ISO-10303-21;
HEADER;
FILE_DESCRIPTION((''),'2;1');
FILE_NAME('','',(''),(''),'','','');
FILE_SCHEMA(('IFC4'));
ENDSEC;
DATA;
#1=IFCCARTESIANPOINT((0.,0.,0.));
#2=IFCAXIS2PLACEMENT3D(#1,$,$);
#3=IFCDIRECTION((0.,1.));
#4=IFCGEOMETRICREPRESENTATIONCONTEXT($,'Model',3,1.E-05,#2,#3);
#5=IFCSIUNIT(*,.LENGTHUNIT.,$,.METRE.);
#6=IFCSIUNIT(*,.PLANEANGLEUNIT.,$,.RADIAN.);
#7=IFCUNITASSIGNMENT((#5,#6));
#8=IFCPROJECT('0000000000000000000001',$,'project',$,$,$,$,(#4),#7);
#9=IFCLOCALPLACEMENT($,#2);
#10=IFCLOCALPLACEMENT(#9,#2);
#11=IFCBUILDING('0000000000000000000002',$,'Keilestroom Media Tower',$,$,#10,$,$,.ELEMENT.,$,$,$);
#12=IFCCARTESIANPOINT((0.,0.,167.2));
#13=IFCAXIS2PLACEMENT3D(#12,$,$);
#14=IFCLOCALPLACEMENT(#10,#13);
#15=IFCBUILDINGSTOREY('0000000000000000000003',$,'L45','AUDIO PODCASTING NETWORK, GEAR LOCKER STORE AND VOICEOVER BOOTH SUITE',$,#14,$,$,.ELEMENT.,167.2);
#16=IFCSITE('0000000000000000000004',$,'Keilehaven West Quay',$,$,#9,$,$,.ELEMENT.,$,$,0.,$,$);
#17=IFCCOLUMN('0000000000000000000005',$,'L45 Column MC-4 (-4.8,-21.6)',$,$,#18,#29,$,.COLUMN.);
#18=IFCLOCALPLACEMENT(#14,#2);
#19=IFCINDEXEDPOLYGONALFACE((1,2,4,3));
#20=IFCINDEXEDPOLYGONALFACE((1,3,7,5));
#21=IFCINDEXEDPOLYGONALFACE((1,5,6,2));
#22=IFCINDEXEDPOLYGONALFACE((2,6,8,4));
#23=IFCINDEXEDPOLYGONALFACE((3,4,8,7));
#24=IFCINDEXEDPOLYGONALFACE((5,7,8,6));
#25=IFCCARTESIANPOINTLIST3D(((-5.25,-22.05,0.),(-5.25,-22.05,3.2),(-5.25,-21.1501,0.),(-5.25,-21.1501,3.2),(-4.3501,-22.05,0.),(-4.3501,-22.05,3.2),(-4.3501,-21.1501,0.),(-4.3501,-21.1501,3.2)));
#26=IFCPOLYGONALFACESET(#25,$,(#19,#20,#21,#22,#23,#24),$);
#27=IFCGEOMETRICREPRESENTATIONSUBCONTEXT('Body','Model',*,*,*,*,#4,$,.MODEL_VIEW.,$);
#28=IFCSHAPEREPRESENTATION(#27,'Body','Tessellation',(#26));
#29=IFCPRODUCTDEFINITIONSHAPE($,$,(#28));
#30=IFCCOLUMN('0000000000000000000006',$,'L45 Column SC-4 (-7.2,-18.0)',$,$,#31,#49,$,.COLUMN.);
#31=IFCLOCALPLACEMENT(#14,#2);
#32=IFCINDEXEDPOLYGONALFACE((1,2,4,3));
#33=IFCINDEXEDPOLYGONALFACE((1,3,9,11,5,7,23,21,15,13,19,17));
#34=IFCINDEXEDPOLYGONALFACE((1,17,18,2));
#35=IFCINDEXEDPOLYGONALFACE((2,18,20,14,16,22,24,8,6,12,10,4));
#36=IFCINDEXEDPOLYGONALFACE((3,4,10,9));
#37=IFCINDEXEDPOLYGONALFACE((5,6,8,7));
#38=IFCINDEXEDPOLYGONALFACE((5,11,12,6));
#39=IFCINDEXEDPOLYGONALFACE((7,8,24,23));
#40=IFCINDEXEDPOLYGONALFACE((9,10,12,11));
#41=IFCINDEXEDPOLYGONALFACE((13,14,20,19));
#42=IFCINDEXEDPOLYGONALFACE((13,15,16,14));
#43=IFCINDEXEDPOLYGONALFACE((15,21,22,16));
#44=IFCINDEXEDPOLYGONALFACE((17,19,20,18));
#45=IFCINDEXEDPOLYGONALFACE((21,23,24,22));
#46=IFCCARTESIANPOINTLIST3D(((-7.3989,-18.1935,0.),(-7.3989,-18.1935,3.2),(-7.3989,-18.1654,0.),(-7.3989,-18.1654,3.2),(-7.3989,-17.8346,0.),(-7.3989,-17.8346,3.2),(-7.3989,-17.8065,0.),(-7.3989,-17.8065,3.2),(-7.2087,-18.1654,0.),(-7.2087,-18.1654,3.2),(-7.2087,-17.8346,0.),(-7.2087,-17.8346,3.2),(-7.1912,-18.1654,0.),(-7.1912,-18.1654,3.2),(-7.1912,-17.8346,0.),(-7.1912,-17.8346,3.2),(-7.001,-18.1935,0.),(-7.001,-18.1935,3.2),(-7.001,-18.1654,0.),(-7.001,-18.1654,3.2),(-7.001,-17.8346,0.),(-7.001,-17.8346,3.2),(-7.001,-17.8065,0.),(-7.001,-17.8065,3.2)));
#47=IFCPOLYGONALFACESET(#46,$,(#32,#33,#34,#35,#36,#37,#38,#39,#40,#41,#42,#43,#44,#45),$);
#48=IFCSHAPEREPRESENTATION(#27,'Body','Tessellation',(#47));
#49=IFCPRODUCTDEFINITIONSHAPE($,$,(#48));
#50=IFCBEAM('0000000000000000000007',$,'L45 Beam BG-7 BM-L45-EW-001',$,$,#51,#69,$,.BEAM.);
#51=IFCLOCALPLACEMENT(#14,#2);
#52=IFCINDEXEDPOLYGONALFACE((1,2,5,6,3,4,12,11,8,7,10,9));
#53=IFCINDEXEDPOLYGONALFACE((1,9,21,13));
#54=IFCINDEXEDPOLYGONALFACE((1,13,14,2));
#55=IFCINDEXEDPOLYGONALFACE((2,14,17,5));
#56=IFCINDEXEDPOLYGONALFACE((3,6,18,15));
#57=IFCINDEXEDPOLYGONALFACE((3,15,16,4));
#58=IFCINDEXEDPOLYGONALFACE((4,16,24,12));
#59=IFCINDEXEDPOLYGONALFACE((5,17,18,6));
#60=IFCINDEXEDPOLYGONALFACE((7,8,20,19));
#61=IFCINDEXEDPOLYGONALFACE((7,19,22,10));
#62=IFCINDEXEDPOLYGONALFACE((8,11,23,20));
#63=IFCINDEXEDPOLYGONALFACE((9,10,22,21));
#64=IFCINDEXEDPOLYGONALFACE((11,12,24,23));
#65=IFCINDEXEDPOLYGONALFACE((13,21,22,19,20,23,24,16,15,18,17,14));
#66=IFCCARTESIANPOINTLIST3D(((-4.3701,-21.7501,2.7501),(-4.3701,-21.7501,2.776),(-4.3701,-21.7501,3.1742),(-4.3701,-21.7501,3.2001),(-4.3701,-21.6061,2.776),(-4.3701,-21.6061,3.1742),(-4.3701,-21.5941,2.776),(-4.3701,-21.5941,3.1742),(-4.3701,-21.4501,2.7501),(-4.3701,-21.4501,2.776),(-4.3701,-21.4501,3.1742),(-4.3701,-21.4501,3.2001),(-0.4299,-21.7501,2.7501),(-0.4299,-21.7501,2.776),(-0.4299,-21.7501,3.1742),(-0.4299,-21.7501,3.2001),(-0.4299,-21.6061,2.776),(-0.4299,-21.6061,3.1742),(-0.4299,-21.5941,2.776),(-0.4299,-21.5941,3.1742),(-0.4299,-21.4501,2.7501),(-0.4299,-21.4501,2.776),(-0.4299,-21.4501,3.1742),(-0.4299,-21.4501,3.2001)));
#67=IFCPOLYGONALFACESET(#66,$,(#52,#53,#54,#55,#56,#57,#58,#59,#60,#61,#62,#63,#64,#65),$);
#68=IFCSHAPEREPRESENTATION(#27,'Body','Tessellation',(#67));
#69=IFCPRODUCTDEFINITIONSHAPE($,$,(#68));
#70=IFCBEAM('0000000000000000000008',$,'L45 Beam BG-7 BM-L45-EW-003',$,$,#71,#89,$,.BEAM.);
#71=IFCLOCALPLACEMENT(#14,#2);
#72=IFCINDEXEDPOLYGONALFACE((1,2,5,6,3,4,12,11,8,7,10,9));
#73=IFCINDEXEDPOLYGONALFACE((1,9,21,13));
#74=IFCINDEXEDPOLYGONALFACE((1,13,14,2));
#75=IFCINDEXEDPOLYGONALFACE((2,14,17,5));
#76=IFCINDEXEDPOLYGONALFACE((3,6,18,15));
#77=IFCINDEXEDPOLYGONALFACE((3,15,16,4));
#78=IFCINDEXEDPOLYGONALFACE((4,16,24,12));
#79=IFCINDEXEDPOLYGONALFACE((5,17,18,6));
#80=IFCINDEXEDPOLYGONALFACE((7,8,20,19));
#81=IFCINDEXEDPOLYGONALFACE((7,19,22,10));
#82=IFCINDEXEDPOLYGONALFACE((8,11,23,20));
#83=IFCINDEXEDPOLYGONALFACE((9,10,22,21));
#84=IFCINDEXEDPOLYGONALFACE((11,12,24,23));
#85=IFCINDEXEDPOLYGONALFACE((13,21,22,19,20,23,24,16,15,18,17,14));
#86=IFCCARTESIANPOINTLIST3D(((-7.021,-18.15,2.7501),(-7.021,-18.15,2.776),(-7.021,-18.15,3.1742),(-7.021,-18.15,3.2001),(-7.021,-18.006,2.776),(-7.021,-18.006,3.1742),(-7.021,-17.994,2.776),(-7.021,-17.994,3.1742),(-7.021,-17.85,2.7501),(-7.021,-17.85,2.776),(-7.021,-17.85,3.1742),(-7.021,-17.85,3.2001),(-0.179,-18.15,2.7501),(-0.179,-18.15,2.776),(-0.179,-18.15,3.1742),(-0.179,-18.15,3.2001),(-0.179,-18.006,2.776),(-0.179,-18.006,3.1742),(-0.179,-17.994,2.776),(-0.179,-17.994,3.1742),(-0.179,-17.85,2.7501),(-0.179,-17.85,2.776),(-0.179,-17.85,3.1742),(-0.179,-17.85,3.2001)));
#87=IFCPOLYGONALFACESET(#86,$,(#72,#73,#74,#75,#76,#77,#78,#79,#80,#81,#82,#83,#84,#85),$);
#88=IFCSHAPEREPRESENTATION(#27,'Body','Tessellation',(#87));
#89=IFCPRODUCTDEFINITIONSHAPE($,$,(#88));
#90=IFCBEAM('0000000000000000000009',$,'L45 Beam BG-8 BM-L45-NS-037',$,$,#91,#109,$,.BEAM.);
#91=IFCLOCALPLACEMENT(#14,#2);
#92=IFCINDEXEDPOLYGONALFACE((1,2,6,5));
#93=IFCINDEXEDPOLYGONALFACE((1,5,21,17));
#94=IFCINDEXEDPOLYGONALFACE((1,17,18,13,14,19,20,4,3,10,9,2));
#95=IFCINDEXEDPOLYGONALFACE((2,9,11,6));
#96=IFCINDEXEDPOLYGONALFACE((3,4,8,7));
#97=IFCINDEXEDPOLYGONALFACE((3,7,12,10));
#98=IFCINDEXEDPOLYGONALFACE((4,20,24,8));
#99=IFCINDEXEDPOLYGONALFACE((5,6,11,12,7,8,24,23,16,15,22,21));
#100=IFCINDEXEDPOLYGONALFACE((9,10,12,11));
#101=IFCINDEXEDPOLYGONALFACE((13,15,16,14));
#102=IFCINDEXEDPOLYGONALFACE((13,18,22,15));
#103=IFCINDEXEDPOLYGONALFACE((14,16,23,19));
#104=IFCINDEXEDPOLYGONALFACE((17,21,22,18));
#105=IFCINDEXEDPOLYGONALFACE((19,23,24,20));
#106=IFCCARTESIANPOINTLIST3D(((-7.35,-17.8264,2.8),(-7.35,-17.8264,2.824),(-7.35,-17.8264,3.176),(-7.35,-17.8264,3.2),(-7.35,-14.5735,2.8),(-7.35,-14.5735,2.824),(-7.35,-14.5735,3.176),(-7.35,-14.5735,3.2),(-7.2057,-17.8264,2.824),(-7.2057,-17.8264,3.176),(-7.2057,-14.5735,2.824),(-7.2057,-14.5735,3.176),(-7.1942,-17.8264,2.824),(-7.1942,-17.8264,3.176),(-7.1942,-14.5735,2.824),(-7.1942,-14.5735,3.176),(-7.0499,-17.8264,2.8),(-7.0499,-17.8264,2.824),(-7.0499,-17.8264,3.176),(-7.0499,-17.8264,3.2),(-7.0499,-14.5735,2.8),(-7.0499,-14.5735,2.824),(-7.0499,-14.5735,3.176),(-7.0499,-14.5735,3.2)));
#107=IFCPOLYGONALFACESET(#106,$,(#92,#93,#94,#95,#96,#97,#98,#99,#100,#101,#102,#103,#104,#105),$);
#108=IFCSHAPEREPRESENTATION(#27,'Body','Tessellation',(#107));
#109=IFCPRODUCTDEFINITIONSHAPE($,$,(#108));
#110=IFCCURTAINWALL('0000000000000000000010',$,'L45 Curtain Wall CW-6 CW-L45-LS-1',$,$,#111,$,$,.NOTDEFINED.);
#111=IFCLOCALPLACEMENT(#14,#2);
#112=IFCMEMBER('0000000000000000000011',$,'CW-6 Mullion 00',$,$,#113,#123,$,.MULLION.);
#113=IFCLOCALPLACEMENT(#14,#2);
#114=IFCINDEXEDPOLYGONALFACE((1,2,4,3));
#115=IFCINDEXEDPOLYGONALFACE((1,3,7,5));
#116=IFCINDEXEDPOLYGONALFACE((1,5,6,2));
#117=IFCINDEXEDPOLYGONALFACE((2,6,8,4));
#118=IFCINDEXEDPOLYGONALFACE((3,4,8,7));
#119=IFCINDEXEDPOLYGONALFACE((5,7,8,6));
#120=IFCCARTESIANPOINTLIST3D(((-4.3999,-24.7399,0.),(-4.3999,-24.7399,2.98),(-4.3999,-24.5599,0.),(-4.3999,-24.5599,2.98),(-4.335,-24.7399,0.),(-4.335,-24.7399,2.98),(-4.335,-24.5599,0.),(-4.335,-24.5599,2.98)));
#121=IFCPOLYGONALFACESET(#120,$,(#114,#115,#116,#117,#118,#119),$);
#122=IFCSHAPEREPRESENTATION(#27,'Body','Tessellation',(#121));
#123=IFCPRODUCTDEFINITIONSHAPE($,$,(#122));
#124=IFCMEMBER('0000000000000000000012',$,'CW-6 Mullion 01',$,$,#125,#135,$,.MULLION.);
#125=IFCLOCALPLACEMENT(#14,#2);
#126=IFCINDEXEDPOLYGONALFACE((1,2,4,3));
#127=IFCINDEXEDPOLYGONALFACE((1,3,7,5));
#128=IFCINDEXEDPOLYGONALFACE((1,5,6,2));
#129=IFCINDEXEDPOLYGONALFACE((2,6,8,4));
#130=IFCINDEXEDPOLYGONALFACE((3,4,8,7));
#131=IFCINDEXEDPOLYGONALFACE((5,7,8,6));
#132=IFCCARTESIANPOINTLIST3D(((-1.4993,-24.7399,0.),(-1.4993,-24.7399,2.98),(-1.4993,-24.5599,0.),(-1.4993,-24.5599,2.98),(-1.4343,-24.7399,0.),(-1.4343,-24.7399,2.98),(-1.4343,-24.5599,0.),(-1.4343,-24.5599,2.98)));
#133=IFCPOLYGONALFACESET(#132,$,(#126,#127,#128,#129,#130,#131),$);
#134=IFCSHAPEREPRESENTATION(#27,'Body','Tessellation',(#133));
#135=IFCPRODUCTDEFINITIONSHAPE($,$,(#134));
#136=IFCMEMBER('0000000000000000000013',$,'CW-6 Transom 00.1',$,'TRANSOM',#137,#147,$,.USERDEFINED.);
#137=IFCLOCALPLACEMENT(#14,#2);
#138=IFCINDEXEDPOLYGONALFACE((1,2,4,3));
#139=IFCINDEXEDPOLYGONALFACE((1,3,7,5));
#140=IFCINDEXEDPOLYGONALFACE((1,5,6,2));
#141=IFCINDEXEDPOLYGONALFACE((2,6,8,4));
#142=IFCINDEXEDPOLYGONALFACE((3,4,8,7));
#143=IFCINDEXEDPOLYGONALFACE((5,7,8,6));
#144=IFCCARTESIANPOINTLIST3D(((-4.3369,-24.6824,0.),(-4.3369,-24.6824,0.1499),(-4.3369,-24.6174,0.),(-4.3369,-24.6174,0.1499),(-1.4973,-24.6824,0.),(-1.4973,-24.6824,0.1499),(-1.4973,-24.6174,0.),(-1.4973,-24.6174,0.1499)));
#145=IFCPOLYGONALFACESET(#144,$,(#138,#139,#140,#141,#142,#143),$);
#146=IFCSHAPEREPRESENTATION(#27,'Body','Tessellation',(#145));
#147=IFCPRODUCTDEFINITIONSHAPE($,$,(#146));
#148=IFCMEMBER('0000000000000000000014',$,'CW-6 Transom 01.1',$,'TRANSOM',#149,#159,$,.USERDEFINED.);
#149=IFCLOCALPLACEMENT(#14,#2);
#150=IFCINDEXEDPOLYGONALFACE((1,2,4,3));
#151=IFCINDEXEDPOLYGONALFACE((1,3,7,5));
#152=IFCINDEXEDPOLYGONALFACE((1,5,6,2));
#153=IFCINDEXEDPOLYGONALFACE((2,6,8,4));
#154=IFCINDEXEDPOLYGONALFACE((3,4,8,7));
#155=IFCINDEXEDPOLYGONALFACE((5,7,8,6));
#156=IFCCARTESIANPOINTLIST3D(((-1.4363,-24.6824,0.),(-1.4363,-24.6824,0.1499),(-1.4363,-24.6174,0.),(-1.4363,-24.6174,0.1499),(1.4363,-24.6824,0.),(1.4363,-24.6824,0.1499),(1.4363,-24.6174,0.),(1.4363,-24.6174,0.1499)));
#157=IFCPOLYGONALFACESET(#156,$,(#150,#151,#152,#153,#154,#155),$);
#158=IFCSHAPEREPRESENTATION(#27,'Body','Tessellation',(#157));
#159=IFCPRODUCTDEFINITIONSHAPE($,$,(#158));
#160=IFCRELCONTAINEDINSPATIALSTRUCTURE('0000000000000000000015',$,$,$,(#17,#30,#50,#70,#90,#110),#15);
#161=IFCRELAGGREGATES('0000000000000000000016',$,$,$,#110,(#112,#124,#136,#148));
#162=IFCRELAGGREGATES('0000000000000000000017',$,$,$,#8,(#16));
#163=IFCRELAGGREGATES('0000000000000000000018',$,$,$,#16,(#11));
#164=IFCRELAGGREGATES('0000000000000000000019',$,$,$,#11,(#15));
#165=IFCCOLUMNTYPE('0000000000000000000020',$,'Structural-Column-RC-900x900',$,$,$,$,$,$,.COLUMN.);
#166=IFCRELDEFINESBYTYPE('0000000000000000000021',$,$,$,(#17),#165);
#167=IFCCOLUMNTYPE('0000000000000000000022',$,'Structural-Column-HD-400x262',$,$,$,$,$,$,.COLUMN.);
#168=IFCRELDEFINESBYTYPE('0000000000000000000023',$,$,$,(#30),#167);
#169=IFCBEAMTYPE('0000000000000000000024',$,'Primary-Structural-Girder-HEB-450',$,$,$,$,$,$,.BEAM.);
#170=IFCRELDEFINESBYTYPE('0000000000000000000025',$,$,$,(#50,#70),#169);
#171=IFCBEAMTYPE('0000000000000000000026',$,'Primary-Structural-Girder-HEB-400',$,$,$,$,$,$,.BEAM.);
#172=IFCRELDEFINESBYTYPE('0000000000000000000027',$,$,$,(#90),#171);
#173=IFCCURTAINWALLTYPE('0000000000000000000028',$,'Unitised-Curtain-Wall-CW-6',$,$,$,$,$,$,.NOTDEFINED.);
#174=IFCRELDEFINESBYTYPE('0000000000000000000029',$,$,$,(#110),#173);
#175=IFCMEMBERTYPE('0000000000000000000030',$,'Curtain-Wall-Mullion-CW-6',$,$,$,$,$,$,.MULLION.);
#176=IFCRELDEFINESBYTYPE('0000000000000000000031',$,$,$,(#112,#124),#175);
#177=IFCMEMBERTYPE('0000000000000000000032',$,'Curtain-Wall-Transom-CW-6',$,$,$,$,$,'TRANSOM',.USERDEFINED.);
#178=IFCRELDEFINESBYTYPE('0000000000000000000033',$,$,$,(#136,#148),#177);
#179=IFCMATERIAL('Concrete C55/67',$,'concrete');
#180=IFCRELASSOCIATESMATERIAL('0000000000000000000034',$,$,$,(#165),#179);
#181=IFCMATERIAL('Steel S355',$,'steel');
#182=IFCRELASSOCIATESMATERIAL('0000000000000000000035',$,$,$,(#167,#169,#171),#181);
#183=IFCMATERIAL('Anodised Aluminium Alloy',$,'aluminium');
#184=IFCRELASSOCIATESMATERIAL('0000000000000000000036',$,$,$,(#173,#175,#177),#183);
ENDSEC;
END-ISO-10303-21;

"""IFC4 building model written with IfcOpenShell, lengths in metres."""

from ifc_helpers import new_model, si_unit, direction, frame, origin, origin_2d, place, context, subcontext, project, spatial, rectangle, i_section, extrude, source, transform, mapped, material, material_profile, profile_set, type_object, element, aggregate, save


model = new_model("IFC4")

# Units and contexts
model_context = context("Model", 3, precision=1e-05, world=origin(), true_north=direction((0.0, 1.0)))
body_context = subcontext(model_context, "Body", "Model", "MODEL_VIEW")
ifc_project = project(units=[si_unit("LENGTHUNIT", "METRE"), si_unit("PLANEANGLEUNIT", "RADIAN")], contexts=[model_context])

# Site, building, storey
site_placement = place(None, origin())
site = spatial("IfcSite", under=ifc_project, at=site_placement, Name="Keilehaven West Quay", CompositionType="ELEMENT", RefElevation=0.0)
building_placement = place(site_placement, origin())
building = spatial("IfcBuilding", under=site, at=building_placement, Name="Keilestroom Media Tower", CompositionType="ELEMENT")
storey_placement = place(building_placement, frame((0.0, 0.0, 167.2)))
storey = spatial("IfcBuildingStorey", under=building, at=storey_placement, Name="L45", Description="AUDIO PODCASTING NETWORK, GEAR LOCKER STORE AND VOICEOVER BOOTH SUITE", CompositionType="ELEMENT", Elevation=167.2)

# Columns
ifc_material_1 = material(Name="Concrete C55/67", Category="concrete")
ifc_material_profile_1 = material_profile(ifc_material_1, rectangle(XDim=0.8999, YDim=0.8999, at=origin_2d()), Name="RC 900x900")
ifc_profile_set_1 = profile_set([ifc_material_profile_1], Name="Concrete C55/67")
column_type_1 = type_object("IfcColumnType", Name="Structural-Column-RC-900x900", PredefinedType="COLUMN", material=ifc_profile_set_1)
shared_shape_1 = source(origin(), body_context, "Body", "SweptSolid", [
    extrude(rectangle(XDim=0.8999, YDim=0.8999, at=origin_2d()), origin(), (0.0, 0.0, 1.0), 3.2),
])
column_1_placement = place(storey_placement, frame((-4.8, -21.6001, 0.0), z_axis=(0.0, 0.0, 1.0), x_axis=(1.0, 0.0, 0.0)))
element("IfcColumn", 1, at=column_1_placement, inside=storey, type_object=column_type_1, Name="L45 Column MC-4 (-4.8,-21.6)", PredefinedType="COLUMN", context=body_context, shape_type="MappedRepresentation", body=[
    mapped(shared_shape_1, transform((0.0, 0.0, 0.0), x_axis=(1.0, 0.0, 0.0), y_axis=(0.0, 1.0, 0.0), z_axis=(0.0, 0.0, 1.0), scale=1.0)),
])
ifc_material_2 = material(Name="Steel S355", Category="steel")
ifc_material_profile_2 = material_profile(ifc_material_2, i_section(OverallWidth=0.3979, OverallDepth=0.387, WebThickness=0.0176, FlangeThickness=0.0281, at=origin_2d()), Name="HD 400x262")
ifc_profile_set_2 = profile_set([ifc_material_profile_2], Name="Steel S355")
column_type_2 = type_object("IfcColumnType", Name="Structural-Column-HD-400x262", PredefinedType="COLUMN", material=ifc_profile_set_2)
shared_shape_2 = source(origin(), body_context, "Body", "SweptSolid", [
    extrude(i_section(OverallWidth=0.3979, OverallDepth=0.387, WebThickness=0.0176, FlangeThickness=0.0281, at=origin_2d()), origin(), (0.0, 0.0, 1.0), 3.2),
])
column_2_placement = place(storey_placement, frame((-7.2, -18.0, 0.0), z_axis=(0.0, 0.0, 1.0), x_axis=(1.0, 0.0, 0.0)))
element("IfcColumn", 2, at=column_2_placement, inside=storey, type_object=column_type_2, Name="L45 Column SC-4 (-7.2,-18.0)", PredefinedType="COLUMN", context=body_context, shape_type="MappedRepresentation", body=[
    mapped(shared_shape_2, transform((0.0, 0.0, 0.0), x_axis=(1.0, 0.0, 0.0), y_axis=(0.0, 1.0, 0.0), z_axis=(0.0, 0.0, 1.0), scale=1.0)),
])

# Beams
ifc_material_profile_3 = material_profile(ifc_material_2, i_section(OverallWidth=0.3, OverallDepth=0.45, WebThickness=0.012, FlangeThickness=0.0259, at=origin_2d()), Name="HEB 450")
ifc_profile_set_3 = profile_set([ifc_material_profile_3], Name="Steel S355")
beam_type_1 = type_object("IfcBeamType", Name="Primary-Structural-Girder-HEB-450", PredefinedType="BEAM", material=ifc_profile_set_3)
shared_shape_3 = source(origin(), body_context, "Body", "SweptSolid", [
    extrude(i_section(OverallWidth=0.3, OverallDepth=0.45, WebThickness=0.012, FlangeThickness=0.0259, at=origin_2d()), origin(), (0.0, 0.0, 1.0), 3.9402),
])
beam_1_placement = place(storey_placement, frame((-4.3701, -21.6001, 2.9751), z_axis=(1.0, 0.0, 0.0), x_axis=(0.0, 1.0, 0.0)))
element("IfcBeam", 3, at=beam_1_placement, inside=storey, type_object=beam_type_1, Name="L45 Beam BG-7 BM-L45-EW-001", PredefinedType="BEAM", context=body_context, shape_type="MappedRepresentation", body=[
    mapped(shared_shape_3, transform((0.0, 0.0, 0.0), x_axis=(1.0, 0.0, 0.0), y_axis=(0.0, 1.0, 0.0), z_axis=(0.0, 0.0, 1.0), scale=1.0)),
])
shared_shape_4 = source(origin(), body_context, "Body", "SweptSolid", [
    extrude(i_section(OverallWidth=0.3, OverallDepth=0.45, WebThickness=0.012, FlangeThickness=0.0259, at=origin_2d()), origin(), (0.0, 0.0, 1.0), 6.842),
])
beam_2_placement = place(storey_placement, frame((-7.021, -18.0, 2.9751), z_axis=(1.0, 0.0, 0.0), x_axis=(0.0, 1.0, 0.0)))
element("IfcBeam", 4, at=beam_2_placement, inside=storey, type_object=beam_type_1, Name="L45 Beam BG-7 BM-L45-EW-003", PredefinedType="BEAM", context=body_context, shape_type="MappedRepresentation", body=[
    mapped(shared_shape_4, transform((0.0, 0.0, 0.0), x_axis=(1.0, 0.0, 0.0), y_axis=(0.0, 1.0, 0.0), z_axis=(0.0, 0.0, 1.0), scale=1.0)),
])
ifc_material_profile_4 = material_profile(ifc_material_2, i_section(OverallWidth=0.3, OverallDepth=0.3999, WebThickness=0.0115, FlangeThickness=0.0239, at=origin_2d()), Name="HEB 400")
ifc_profile_set_4 = profile_set([ifc_material_profile_4], Name="Steel S355")
beam_type_2 = type_object("IfcBeamType", Name="Primary-Structural-Girder-HEB-400", PredefinedType="BEAM", material=ifc_profile_set_4)
shared_shape_5 = source(origin(), body_context, "Body", "SweptSolid", [
    extrude(i_section(OverallWidth=0.3, OverallDepth=0.3999, WebThickness=0.0115, FlangeThickness=0.0239, at=origin_2d()), origin(), (0.0, 0.0, 1.0), 3.2529),
])
beam_3_placement = place(storey_placement, frame((-7.2, -17.8264, 3.0), z_axis=(0.0, 1.0, 0.0), x_axis=(-1.0, 0.0, 0.0)))
element("IfcBeam", 5, at=beam_3_placement, inside=storey, type_object=beam_type_2, Name="L45 Beam BG-8 BM-L45-NS-037", PredefinedType="BEAM", context=body_context, shape_type="MappedRepresentation", body=[
    mapped(shared_shape_5, transform((0.0, 0.0, 0.0), x_axis=(1.0, 0.0, 0.0), y_axis=(0.0, 1.0, 0.0), z_axis=(0.0, 0.0, 1.0), scale=1.0)),
])

# Curtain wall, members
ifc_material_3 = material(Name="Anodised Aluminium Alloy", Category="aluminium")
curtain_wall_type = type_object("IfcCurtainWallType", Name="Unitised-Curtain-Wall-CW-6", PredefinedType="NOTDEFINED", material=ifc_material_3)
curtain_wall_placement = place(storey_placement, origin())
curtain_wall = element("IfcCurtainWall", 6, at=curtain_wall_placement, inside=storey, type_object=curtain_wall_type, Name="L45 Curtain Wall CW-6 CW-L45-LS-1", PredefinedType="NOTDEFINED")
ifc_material_profile_5 = material_profile(ifc_material_3, rectangle(XDim=0.0649, YDim=0.1799, at=origin_2d()), Name="ALU MULLION 65x180")
ifc_profile_set_5 = profile_set([ifc_material_profile_5], Name="Anodised Aluminium Alloy")
member_type_1 = type_object("IfcMemberType", Name="Curtain-Wall-Mullion-CW-6", PredefinedType="MULLION", material=ifc_profile_set_5)
shared_shape_6 = source(origin(), body_context, "Body", "SweptSolid", [
    extrude(rectangle(XDim=0.0649, YDim=0.1799, at=origin_2d()), origin(), (0.0, 0.0, 1.0), 2.98),
])
member_1_placement = place(storey_placement, frame((-4.3674, -24.6499, 0.0), z_axis=(0.0, 0.0, 1.0), x_axis=(1.0, 0.0, 0.0)))
member_1 = element("IfcMember", 7, at=member_1_placement, type_object=member_type_1, Name="CW-6 Mullion 00", PredefinedType="MULLION", context=body_context, shape_type="MappedRepresentation", body=[
    mapped(shared_shape_6, transform((0.0, 0.0, 0.0), x_axis=(1.0, 0.0, 0.0), y_axis=(0.0, 1.0, 0.0), z_axis=(0.0, 0.0, 1.0), scale=1.0)),
])
member_2_placement = place(storey_placement, frame((-1.4668, -24.6499, 0.0), z_axis=(0.0, 0.0, 1.0), x_axis=(1.0, 0.0, 0.0)))
member_2 = element("IfcMember", 8, at=member_2_placement, type_object=member_type_1, Name="CW-6 Mullion 01", PredefinedType="MULLION", context=body_context, shape_type="MappedRepresentation", body=[
    mapped(shared_shape_6, transform((0.0, 0.0, 0.0), x_axis=(1.0, 0.0, 0.0), y_axis=(0.0, 1.0, 0.0), z_axis=(0.0, 0.0, 1.0), scale=1.0)),
])
ifc_material_profile_6 = material_profile(ifc_material_3, rectangle(XDim=0.0649, YDim=0.1499, at=origin_2d()), Name="ALU TRANSOM 65x150")
ifc_profile_set_6 = profile_set([ifc_material_profile_6], Name="Anodised Aluminium Alloy")
member_type_2 = type_object("IfcMemberType", Name="Curtain-Wall-Transom-CW-6", ElementType="TRANSOM", PredefinedType="USERDEFINED", material=ifc_profile_set_6)
shared_shape_7 = source(origin(), body_context, "Body", "SweptSolid", [
    extrude(rectangle(XDim=0.0649, YDim=0.1499, at=origin_2d()), origin(), (0.0, 0.0, 1.0), 2.8396),
])
member_3_placement = place(storey_placement, frame((-4.3369, -24.6499, 0.075), z_axis=(1.0, 0.0, 0.0), x_axis=(0.0, 1.0, 0.0)))
member_3 = element("IfcMember", 9, at=member_3_placement, type_object=member_type_2, Name="CW-6 Transom 00.1", ObjectType="TRANSOM", PredefinedType="USERDEFINED", context=body_context, shape_type="MappedRepresentation", body=[
    mapped(shared_shape_7, transform((0.0, 0.0, 0.0), x_axis=(1.0, 0.0, 0.0), y_axis=(0.0, 1.0, 0.0), z_axis=(0.0, 0.0, 1.0), scale=1.0)),
])
shared_shape_8 = source(origin(), body_context, "Body", "SweptSolid", [
    extrude(rectangle(XDim=0.0649, YDim=0.1499, at=origin_2d()), origin(), (0.0, 0.0, 1.0), 2.8726),
])
member_4_placement = place(storey_placement, frame((-1.4363, -24.6499, 0.075), z_axis=(1.0, 0.0, 0.0), x_axis=(0.0, 1.0, 0.0)))
member_4 = element("IfcMember", 10, at=member_4_placement, type_object=member_type_2, Name="CW-6 Transom 01.1", ObjectType="TRANSOM", PredefinedType="USERDEFINED", context=body_context, shape_type="MappedRepresentation", body=[
    mapped(shared_shape_8, transform((0.0, 0.0, 0.0), x_axis=(1.0, 0.0, 0.0), y_axis=(0.0, 1.0, 0.0), z_axis=(0.0, 0.0, 1.0), scale=1.0)),
])
aggregate(curtain_wall, [member_1, member_2, member_3, member_4])

save(model, "model.ifc")
